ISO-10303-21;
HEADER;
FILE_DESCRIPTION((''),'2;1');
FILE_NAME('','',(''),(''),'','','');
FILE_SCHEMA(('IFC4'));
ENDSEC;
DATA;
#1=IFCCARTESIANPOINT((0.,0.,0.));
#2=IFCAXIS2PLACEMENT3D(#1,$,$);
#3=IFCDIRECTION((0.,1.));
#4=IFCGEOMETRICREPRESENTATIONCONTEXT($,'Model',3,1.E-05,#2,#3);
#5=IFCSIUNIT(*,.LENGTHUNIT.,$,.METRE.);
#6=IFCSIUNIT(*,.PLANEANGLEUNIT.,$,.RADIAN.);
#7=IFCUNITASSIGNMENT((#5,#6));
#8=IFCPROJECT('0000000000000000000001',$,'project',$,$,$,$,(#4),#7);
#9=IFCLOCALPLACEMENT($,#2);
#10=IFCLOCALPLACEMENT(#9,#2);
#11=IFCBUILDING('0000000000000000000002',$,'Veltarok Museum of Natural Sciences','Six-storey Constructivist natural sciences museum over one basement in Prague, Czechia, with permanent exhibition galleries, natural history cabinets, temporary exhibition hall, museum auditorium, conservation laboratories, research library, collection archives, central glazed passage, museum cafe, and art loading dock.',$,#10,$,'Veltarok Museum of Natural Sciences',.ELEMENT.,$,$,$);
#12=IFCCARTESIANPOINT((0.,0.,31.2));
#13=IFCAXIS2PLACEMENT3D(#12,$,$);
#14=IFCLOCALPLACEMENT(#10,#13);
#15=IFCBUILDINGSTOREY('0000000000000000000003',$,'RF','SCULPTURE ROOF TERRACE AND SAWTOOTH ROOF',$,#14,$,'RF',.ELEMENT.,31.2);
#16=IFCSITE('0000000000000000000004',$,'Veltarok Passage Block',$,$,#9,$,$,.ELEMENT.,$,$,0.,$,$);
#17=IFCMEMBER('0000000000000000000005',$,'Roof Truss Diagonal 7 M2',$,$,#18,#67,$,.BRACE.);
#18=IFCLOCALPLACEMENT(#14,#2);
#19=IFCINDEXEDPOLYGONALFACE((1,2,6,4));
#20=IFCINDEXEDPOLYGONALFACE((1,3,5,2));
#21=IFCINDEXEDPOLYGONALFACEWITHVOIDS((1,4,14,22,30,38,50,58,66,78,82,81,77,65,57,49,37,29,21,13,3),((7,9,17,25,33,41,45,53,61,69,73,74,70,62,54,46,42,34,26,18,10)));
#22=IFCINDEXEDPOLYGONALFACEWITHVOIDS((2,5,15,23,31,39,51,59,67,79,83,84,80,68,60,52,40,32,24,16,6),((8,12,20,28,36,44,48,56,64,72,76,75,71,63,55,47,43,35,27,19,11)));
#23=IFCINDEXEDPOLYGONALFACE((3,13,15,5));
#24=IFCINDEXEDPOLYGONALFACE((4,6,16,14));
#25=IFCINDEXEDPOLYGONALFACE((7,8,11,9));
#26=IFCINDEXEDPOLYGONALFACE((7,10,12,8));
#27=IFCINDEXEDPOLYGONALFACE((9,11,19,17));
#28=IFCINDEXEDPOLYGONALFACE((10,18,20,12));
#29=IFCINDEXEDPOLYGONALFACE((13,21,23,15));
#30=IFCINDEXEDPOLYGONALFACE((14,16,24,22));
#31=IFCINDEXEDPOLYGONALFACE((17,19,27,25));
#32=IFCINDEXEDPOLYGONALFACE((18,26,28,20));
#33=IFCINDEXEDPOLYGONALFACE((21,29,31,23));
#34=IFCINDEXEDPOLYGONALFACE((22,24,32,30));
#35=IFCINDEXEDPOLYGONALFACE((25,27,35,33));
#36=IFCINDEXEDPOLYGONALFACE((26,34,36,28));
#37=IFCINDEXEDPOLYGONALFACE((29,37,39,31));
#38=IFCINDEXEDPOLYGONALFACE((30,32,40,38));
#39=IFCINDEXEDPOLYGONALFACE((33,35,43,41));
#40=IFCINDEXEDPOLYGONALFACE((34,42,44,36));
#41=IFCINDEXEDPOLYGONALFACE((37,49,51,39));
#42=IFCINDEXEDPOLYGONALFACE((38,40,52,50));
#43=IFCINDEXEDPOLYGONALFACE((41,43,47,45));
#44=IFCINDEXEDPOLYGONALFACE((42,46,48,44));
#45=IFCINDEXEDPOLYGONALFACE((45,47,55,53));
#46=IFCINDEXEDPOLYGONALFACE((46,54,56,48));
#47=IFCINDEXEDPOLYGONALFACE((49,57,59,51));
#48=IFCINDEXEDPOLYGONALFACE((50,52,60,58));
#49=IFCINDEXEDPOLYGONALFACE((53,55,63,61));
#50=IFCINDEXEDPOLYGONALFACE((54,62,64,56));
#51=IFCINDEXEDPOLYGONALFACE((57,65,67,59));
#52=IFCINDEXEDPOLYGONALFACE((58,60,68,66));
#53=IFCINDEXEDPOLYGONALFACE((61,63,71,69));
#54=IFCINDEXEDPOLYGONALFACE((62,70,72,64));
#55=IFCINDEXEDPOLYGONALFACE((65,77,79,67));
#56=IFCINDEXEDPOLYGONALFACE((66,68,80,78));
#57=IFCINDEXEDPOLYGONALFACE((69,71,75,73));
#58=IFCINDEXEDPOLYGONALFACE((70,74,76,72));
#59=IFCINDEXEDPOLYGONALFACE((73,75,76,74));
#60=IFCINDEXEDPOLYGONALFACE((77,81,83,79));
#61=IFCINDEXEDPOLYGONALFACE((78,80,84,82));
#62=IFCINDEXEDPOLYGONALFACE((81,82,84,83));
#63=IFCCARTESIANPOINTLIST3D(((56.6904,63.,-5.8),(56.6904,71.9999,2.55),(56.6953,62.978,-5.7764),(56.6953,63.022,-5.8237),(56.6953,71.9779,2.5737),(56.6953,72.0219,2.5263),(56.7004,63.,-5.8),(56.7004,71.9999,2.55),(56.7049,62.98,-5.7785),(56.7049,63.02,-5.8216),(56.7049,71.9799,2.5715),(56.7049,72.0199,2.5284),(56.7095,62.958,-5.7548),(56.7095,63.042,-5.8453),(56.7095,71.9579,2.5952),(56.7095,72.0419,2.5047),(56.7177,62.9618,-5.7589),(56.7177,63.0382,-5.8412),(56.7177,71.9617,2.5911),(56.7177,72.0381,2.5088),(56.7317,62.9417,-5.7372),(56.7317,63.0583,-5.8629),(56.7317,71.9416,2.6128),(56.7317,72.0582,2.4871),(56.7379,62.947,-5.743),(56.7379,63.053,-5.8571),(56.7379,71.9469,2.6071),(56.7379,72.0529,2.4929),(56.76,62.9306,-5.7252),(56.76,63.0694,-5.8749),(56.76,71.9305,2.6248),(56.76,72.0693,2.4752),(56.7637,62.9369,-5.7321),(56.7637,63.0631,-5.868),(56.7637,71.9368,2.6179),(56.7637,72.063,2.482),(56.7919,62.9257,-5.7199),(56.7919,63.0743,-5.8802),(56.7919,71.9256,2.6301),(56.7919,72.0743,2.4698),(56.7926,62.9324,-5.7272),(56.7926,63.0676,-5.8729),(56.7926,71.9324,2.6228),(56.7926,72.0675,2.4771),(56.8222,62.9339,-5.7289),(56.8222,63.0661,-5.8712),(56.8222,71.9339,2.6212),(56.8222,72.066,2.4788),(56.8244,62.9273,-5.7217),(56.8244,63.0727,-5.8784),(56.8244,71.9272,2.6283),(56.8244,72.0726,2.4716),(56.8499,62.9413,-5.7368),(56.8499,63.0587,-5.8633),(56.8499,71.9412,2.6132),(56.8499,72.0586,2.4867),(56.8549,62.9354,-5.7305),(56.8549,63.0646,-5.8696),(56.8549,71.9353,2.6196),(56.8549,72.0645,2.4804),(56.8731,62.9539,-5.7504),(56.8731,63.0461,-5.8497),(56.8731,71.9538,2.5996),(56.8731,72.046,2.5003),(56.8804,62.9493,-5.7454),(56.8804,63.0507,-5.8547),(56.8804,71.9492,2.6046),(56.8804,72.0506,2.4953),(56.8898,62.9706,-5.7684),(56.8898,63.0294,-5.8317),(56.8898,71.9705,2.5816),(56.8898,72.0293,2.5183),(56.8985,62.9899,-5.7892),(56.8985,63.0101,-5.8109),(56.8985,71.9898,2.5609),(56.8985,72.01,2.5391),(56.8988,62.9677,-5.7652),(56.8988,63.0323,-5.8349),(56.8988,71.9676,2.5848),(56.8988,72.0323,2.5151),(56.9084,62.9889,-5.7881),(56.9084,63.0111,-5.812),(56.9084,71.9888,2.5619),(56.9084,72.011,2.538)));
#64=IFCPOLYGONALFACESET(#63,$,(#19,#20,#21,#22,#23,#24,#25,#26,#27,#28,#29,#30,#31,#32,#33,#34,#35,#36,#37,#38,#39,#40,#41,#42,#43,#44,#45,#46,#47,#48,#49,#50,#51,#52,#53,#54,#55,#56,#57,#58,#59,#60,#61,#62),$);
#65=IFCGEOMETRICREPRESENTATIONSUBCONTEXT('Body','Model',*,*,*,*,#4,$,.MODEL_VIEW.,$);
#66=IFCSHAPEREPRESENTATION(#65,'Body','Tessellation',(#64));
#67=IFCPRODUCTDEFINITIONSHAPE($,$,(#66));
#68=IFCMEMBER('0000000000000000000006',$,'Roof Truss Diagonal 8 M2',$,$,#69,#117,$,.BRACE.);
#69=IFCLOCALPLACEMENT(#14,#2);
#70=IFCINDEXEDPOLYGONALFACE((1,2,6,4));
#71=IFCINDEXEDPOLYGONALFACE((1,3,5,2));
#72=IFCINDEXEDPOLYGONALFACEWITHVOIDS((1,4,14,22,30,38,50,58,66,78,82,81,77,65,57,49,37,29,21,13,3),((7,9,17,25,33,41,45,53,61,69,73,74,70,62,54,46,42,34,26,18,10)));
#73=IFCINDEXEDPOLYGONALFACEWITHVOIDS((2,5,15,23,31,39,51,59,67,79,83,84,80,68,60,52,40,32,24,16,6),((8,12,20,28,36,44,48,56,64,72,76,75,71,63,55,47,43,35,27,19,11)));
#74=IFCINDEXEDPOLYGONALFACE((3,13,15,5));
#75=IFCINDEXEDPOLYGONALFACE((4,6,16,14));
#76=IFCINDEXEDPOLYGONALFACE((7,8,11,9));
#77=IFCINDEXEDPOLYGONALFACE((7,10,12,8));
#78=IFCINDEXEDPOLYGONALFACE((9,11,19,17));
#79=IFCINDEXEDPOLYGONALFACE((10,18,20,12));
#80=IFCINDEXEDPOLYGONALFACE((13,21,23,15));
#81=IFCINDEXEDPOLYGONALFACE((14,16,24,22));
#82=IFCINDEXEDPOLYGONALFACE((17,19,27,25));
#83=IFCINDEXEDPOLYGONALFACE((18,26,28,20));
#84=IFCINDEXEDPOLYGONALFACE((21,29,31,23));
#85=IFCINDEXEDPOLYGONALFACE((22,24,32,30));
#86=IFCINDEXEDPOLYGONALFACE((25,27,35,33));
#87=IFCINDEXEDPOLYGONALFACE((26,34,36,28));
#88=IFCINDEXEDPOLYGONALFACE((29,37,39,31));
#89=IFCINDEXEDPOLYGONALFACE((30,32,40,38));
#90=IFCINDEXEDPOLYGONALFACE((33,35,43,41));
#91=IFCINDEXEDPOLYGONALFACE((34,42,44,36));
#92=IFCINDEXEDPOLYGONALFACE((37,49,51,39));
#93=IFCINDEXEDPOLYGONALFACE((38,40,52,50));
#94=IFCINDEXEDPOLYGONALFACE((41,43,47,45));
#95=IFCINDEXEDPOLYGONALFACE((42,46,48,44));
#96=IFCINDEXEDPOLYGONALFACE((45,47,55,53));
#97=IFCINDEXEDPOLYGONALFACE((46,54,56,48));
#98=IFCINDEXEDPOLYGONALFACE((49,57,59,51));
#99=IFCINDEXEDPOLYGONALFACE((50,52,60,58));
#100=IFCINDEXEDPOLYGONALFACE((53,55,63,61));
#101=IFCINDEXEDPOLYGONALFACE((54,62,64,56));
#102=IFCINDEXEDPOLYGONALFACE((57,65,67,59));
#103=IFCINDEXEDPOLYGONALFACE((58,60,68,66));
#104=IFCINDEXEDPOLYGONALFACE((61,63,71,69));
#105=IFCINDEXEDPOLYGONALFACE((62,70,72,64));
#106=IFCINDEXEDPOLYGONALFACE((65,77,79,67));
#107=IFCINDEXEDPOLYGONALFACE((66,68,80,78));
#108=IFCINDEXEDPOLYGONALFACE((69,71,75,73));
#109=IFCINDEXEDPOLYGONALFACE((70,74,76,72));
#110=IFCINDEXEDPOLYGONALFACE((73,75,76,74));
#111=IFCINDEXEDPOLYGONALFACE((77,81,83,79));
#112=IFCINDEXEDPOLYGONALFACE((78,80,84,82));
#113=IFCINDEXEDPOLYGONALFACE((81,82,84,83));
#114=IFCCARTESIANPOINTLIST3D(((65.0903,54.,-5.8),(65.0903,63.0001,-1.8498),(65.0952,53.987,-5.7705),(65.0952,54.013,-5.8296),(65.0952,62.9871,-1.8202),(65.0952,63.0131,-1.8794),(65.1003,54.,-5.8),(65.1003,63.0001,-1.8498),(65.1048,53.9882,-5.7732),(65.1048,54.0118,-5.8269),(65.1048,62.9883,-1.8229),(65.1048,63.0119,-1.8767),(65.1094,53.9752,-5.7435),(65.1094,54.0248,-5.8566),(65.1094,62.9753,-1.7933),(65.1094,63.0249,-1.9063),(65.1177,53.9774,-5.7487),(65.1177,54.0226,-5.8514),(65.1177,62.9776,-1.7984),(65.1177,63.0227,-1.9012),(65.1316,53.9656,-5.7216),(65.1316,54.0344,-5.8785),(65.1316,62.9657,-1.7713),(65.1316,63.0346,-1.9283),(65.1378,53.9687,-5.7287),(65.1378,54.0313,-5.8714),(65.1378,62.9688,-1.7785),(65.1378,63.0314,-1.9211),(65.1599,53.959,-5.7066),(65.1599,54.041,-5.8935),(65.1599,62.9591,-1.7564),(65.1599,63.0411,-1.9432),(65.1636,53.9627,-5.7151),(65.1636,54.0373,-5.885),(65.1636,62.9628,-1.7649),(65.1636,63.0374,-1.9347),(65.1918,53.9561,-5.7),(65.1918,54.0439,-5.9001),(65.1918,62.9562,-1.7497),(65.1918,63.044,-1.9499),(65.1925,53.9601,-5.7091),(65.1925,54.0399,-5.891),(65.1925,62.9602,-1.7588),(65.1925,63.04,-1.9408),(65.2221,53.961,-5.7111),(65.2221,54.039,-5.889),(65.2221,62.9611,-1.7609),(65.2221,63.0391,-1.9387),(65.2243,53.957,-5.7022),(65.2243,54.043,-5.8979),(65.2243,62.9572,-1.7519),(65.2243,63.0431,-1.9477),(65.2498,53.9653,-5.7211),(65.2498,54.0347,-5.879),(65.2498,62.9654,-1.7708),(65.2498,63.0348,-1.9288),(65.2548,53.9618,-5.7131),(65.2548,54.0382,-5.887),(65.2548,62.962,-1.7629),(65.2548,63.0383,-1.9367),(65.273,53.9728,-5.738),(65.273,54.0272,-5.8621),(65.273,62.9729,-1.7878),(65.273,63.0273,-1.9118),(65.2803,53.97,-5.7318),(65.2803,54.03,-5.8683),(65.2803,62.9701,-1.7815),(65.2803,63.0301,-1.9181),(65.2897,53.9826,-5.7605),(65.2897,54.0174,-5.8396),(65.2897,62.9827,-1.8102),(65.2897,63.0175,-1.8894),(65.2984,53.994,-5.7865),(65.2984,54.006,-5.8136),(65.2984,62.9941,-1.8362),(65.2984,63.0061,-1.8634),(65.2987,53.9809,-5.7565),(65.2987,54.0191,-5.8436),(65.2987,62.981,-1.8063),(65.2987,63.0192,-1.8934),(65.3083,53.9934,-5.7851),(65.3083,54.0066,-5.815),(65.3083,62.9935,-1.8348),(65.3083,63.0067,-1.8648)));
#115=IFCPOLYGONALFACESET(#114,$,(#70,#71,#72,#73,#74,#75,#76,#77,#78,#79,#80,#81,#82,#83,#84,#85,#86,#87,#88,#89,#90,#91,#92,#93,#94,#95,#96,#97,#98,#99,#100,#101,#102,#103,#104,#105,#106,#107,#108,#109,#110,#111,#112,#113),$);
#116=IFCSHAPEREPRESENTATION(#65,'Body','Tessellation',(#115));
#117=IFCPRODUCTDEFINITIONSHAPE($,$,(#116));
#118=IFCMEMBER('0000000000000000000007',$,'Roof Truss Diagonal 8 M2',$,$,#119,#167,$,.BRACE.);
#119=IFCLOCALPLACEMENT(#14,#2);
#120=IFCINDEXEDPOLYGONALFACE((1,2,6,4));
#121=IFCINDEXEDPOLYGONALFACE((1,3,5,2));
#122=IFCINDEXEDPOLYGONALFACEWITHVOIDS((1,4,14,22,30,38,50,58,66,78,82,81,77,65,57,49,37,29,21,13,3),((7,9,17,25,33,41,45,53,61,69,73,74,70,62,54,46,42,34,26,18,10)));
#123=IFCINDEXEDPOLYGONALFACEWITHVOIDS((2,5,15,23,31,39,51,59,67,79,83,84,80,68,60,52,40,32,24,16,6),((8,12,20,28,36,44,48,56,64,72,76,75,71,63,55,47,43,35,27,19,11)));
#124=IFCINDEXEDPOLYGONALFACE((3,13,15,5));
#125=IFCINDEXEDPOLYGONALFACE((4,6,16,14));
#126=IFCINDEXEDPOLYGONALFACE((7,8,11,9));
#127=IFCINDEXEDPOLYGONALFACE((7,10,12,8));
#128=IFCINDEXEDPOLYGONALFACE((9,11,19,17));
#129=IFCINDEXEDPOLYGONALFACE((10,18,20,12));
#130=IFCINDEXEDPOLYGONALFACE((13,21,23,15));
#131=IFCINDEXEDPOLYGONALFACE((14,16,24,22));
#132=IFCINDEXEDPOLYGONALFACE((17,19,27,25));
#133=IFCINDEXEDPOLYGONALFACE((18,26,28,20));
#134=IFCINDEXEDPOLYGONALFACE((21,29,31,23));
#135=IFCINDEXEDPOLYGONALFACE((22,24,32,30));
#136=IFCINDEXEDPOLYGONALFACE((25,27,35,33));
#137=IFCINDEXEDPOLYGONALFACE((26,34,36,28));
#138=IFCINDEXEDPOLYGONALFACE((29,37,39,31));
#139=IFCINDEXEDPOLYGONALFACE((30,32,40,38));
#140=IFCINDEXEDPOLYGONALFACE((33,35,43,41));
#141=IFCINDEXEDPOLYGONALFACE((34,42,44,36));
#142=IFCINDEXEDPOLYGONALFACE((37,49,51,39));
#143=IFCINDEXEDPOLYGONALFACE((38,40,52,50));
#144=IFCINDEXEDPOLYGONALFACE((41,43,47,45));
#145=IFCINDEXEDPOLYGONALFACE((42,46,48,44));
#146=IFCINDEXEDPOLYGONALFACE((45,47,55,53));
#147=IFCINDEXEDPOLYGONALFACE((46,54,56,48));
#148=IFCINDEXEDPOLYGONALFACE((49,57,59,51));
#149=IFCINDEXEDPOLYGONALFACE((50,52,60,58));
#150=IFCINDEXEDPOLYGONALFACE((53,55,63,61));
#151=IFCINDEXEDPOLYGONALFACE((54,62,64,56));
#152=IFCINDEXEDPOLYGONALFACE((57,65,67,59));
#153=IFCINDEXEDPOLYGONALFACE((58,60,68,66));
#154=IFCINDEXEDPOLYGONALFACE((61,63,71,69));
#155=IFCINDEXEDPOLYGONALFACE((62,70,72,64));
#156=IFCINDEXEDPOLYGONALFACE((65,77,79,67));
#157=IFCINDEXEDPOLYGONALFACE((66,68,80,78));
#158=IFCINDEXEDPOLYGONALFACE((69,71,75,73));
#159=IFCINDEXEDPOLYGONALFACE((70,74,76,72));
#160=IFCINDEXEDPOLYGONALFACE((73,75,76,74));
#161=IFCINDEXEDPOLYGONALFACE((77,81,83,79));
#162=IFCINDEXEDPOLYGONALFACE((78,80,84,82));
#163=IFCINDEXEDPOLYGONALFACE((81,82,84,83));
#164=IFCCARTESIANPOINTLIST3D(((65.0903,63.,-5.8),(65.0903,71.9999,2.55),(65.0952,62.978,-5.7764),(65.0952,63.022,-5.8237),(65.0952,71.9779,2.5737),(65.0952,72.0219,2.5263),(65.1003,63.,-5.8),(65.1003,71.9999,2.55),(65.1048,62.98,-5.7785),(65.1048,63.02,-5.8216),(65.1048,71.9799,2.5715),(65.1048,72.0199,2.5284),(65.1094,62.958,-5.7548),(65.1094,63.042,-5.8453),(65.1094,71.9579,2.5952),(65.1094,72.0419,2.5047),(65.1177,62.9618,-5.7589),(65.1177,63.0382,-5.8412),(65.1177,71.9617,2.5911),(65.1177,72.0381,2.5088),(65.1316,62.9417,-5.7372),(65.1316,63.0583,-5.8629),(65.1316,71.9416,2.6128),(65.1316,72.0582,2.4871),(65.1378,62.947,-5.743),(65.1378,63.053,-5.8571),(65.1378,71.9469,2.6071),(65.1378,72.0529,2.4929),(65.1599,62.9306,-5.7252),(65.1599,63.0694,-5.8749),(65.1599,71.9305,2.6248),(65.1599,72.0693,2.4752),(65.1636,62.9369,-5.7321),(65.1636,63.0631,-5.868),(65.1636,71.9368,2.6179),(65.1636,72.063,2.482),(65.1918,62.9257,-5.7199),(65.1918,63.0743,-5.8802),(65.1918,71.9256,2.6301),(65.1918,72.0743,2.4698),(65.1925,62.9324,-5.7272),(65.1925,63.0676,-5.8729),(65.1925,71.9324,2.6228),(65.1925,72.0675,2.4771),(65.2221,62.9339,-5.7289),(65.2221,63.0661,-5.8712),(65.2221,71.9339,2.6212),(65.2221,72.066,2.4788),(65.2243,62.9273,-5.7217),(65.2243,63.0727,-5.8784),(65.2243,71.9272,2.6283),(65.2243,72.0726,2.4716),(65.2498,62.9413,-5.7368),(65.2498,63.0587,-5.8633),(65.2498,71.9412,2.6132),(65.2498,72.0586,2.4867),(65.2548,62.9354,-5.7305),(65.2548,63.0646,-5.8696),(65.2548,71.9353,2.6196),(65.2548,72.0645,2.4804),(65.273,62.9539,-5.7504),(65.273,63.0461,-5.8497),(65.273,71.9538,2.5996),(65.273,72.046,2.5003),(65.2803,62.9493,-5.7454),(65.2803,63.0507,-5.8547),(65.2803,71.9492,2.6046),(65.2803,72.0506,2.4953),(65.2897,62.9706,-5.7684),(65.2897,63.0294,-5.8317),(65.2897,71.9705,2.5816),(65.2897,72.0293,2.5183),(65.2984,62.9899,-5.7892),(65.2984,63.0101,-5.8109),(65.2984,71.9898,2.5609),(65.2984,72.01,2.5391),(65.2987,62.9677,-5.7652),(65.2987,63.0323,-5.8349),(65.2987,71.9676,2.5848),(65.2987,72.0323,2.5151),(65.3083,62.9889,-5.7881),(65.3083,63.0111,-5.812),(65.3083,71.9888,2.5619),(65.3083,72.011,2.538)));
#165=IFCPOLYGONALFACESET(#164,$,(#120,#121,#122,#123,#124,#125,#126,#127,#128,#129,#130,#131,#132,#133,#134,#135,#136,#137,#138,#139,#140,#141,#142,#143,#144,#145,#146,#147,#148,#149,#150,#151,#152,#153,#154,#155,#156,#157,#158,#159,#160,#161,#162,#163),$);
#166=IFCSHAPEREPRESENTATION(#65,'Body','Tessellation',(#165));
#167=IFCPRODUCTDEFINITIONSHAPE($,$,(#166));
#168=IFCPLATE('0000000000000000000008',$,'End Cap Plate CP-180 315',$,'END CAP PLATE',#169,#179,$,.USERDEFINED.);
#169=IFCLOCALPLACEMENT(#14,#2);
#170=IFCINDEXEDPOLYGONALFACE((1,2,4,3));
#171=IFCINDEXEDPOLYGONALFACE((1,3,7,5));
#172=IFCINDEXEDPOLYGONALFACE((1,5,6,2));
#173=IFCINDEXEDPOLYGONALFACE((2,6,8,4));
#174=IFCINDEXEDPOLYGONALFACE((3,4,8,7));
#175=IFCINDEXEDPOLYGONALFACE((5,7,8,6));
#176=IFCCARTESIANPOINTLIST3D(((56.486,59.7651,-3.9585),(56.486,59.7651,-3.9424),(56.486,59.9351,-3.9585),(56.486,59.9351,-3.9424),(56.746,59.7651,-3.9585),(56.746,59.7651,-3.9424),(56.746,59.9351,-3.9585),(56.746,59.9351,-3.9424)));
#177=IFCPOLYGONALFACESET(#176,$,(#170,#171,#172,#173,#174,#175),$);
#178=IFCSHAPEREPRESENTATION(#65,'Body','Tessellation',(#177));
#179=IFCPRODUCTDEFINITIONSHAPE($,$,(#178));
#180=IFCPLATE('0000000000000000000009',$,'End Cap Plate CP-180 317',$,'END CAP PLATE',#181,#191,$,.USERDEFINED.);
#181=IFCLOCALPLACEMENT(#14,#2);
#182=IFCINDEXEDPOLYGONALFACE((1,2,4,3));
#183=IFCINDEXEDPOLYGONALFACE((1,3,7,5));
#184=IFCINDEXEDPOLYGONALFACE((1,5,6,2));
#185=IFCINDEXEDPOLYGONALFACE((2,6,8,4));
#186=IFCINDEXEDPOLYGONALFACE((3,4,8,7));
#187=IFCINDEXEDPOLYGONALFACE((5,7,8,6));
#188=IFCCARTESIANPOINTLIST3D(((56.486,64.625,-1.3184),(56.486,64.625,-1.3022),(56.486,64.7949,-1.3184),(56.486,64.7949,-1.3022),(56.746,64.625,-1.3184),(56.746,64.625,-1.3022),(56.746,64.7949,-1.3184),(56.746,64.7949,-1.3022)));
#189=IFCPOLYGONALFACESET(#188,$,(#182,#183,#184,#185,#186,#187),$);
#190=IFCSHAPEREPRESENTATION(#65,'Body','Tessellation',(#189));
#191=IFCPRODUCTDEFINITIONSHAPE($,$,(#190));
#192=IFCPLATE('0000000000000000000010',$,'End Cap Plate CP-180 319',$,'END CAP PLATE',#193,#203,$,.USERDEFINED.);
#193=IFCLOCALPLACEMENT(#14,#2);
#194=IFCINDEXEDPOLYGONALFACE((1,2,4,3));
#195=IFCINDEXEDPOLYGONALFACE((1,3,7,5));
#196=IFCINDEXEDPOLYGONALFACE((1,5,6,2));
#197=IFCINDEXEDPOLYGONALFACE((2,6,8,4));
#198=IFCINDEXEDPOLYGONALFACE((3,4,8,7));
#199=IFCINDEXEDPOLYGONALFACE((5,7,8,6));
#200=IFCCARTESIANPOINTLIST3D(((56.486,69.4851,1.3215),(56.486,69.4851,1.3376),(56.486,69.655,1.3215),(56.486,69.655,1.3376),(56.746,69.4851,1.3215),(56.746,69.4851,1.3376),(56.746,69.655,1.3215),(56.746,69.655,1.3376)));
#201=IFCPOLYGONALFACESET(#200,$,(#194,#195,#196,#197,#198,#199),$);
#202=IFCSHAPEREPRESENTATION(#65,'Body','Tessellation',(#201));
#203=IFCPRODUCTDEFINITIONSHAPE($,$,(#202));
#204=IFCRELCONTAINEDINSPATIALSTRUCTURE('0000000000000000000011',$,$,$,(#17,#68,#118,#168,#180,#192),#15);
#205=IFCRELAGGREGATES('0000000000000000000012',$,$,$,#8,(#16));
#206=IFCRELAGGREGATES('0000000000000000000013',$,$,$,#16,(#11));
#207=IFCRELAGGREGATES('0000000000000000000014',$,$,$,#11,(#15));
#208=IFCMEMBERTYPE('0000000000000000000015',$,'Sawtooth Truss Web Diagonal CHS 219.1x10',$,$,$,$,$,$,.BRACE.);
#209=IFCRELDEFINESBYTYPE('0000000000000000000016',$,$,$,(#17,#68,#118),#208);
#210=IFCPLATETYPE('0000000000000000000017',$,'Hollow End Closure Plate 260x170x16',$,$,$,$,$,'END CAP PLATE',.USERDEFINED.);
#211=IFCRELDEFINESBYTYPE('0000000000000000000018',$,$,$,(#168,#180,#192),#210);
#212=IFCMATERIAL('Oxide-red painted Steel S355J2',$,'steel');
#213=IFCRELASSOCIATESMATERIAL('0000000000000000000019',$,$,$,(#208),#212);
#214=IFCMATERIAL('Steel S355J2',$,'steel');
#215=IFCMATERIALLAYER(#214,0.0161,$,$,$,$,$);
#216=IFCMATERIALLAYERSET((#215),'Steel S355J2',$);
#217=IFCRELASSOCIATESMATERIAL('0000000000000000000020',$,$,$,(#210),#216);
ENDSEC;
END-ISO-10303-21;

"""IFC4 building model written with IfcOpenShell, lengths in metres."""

from ifc_helpers import new_model, si_unit, direction, frame, origin, origin_2d, place, context, subcontext, project, spatial, rectangle, hollow_circle, extrude, material, layer, layer_set, material_profile, profile_set, type_object, element, save


model = new_model("IFC4")

# Units and contexts
model_context = context("Model", 3, precision=1e-05, world=origin(), true_north=direction((0.0, 1.0)))
body_context = subcontext(model_context, "Body", "Model", "MODEL_VIEW")
ifc_project = project(units=[si_unit("LENGTHUNIT", "METRE"), si_unit("PLANEANGLEUNIT", "RADIAN")], contexts=[model_context])

# Site, building, storey
site_placement = place(None, origin())
site = spatial("IfcSite", under=ifc_project, at=site_placement, Name="Veltarok Passage Block", CompositionType="ELEMENT", RefElevation=0.0)
building_placement = place(site_placement, origin())
building = spatial("IfcBuilding", under=site, at=building_placement, Name="Veltarok Museum of Natural Sciences", Description="Six-storey Constructivist natural sciences museum over one basement in Prague, Czechia, with permanent exhibition galleries, natural history cabinets, temporary exhibition hall, museum auditorium, conservation laboratories, research library, collection archives, central glazed passage, museum cafe, and art loading dock.", LongName="Veltarok Museum of Natural Sciences", CompositionType="ELEMENT")
storey_placement = place(building_placement, frame((0.0, 0.0, 31.2)))
storey = spatial("IfcBuildingStorey", under=building, at=storey_placement, Name="RF", Description="SCULPTURE ROOF TERRACE AND SAWTOOTH ROOF", LongName="RF", CompositionType="ELEMENT", Elevation=31.2)

# Shared definitions
ifc_material_1 = material(Name="Steel S355J2", Category="steel")

# Members
ifc_material_2 = material(Name="Oxide-red painted Steel S355J2", Category="steel")
ifc_material_profile_1 = material_profile(ifc_material_2, hollow_circle(Radius=0.1096, WallThickness=0.01, at=origin_2d()), Name="CHS 219.1x10")
ifc_profile_set_1 = profile_set([ifc_material_profile_1], Name="Oxide-red painted Steel S355J2")
member_type_1 = type_object("IfcMemberType", Name="Sawtooth Truss Web Diagonal CHS 219.1x10", PredefinedType="BRACE", material=ifc_profile_set_1)
member_1_placement = place(storey_placement, frame((56.8, 63.0, -5.8), z_axis=(0.0, 0.73308, 0.680143), x_axis=(-1.0, 0.0, 0.0)))
element("IfcMember", 1, at=member_1_placement, inside=storey, type_object=member_type_1, Name="Roof Truss Diagonal 7 M2", PredefinedType="BRACE", context=body_context, shape_type="SweptSolid", body=[
    extrude(hollow_circle(Radius=0.1096, WallThickness=0.01, at=origin_2d()), origin(), (0.0, 0.0, 1.0), 12.2769),
])
member_2_placement = place(storey_placement, frame((65.2, 54.0, -5.8), z_axis=(0.0, 0.915682, 0.401903), x_axis=(-1.0, 0.0, 0.0)))
element("IfcMember", 2, at=member_2_placement, inside=storey, type_object=member_type_1, Name="Roof Truss Diagonal 8 M2", PredefinedType="BRACE", context=body_context, shape_type="SweptSolid", body=[
    extrude(hollow_circle(Radius=0.1096, WallThickness=0.01, at=origin_2d()), origin(), (0.0, 0.0, 1.0), 9.8289),
])
member_3_placement = place(storey_placement, frame((65.2, 63.0, -5.8), z_axis=(0.0, 0.73308, 0.680143), x_axis=(-1.0, 0.0, 0.0)))
element("IfcMember", 3, at=member_3_placement, inside=storey, type_object=member_type_1, Name="Roof Truss Diagonal 8 M2", PredefinedType="BRACE", context=body_context, shape_type="SweptSolid", body=[
    extrude(hollow_circle(Radius=0.1096, WallThickness=0.01, at=origin_2d()), origin(), (0.0, 0.0, 1.0), 12.2769),
])

# Plates
ifc_layer_1 = layer(ifc_material_1, 0.0161)
ifc_layer_set_1 = layer_set([ifc_layer_1], Name="Steel S355J2")
plate_type_1 = type_object("IfcPlateType", Name="Hollow End Closure Plate 260x170x16", ElementType="END CAP PLATE", PredefinedType="USERDEFINED", material=ifc_layer_set_1)
for number, where, z_axis, x_axis, name in (
    (4, (56.616, 59.8501, -3.9585), (0.0, 0.0, 1.0), (1.0, 0.0, 0.0), "End Cap Plate CP-180 315"),
    (5, (56.616, 64.71, -1.3184), (0.0, 0.0, 1.0), (1.0, 0.0, 0.0), "End Cap Plate CP-180 317"),
    (6, (56.616, 69.5701, 1.3215), (0.0, 0.0, 1.0), (1.0, 0.0, 0.0), "End Cap Plate CP-180 319"),
):
    element("IfcPlate", number, at=place(storey_placement, frame(where, z_axis=z_axis, x_axis=x_axis)), inside=storey, type_object=plate_type_1, Name=name, ObjectType="END CAP PLATE", PredefinedType="USERDEFINED", context=body_context, shape_type="SweptSolid", body=[
        extrude(rectangle(XDim=0.26, YDim=0.1699, at=origin_2d()), origin(), (0.0, 0.0, 1.0), 0.0161),
    ])

save(model, "model.ifc")
